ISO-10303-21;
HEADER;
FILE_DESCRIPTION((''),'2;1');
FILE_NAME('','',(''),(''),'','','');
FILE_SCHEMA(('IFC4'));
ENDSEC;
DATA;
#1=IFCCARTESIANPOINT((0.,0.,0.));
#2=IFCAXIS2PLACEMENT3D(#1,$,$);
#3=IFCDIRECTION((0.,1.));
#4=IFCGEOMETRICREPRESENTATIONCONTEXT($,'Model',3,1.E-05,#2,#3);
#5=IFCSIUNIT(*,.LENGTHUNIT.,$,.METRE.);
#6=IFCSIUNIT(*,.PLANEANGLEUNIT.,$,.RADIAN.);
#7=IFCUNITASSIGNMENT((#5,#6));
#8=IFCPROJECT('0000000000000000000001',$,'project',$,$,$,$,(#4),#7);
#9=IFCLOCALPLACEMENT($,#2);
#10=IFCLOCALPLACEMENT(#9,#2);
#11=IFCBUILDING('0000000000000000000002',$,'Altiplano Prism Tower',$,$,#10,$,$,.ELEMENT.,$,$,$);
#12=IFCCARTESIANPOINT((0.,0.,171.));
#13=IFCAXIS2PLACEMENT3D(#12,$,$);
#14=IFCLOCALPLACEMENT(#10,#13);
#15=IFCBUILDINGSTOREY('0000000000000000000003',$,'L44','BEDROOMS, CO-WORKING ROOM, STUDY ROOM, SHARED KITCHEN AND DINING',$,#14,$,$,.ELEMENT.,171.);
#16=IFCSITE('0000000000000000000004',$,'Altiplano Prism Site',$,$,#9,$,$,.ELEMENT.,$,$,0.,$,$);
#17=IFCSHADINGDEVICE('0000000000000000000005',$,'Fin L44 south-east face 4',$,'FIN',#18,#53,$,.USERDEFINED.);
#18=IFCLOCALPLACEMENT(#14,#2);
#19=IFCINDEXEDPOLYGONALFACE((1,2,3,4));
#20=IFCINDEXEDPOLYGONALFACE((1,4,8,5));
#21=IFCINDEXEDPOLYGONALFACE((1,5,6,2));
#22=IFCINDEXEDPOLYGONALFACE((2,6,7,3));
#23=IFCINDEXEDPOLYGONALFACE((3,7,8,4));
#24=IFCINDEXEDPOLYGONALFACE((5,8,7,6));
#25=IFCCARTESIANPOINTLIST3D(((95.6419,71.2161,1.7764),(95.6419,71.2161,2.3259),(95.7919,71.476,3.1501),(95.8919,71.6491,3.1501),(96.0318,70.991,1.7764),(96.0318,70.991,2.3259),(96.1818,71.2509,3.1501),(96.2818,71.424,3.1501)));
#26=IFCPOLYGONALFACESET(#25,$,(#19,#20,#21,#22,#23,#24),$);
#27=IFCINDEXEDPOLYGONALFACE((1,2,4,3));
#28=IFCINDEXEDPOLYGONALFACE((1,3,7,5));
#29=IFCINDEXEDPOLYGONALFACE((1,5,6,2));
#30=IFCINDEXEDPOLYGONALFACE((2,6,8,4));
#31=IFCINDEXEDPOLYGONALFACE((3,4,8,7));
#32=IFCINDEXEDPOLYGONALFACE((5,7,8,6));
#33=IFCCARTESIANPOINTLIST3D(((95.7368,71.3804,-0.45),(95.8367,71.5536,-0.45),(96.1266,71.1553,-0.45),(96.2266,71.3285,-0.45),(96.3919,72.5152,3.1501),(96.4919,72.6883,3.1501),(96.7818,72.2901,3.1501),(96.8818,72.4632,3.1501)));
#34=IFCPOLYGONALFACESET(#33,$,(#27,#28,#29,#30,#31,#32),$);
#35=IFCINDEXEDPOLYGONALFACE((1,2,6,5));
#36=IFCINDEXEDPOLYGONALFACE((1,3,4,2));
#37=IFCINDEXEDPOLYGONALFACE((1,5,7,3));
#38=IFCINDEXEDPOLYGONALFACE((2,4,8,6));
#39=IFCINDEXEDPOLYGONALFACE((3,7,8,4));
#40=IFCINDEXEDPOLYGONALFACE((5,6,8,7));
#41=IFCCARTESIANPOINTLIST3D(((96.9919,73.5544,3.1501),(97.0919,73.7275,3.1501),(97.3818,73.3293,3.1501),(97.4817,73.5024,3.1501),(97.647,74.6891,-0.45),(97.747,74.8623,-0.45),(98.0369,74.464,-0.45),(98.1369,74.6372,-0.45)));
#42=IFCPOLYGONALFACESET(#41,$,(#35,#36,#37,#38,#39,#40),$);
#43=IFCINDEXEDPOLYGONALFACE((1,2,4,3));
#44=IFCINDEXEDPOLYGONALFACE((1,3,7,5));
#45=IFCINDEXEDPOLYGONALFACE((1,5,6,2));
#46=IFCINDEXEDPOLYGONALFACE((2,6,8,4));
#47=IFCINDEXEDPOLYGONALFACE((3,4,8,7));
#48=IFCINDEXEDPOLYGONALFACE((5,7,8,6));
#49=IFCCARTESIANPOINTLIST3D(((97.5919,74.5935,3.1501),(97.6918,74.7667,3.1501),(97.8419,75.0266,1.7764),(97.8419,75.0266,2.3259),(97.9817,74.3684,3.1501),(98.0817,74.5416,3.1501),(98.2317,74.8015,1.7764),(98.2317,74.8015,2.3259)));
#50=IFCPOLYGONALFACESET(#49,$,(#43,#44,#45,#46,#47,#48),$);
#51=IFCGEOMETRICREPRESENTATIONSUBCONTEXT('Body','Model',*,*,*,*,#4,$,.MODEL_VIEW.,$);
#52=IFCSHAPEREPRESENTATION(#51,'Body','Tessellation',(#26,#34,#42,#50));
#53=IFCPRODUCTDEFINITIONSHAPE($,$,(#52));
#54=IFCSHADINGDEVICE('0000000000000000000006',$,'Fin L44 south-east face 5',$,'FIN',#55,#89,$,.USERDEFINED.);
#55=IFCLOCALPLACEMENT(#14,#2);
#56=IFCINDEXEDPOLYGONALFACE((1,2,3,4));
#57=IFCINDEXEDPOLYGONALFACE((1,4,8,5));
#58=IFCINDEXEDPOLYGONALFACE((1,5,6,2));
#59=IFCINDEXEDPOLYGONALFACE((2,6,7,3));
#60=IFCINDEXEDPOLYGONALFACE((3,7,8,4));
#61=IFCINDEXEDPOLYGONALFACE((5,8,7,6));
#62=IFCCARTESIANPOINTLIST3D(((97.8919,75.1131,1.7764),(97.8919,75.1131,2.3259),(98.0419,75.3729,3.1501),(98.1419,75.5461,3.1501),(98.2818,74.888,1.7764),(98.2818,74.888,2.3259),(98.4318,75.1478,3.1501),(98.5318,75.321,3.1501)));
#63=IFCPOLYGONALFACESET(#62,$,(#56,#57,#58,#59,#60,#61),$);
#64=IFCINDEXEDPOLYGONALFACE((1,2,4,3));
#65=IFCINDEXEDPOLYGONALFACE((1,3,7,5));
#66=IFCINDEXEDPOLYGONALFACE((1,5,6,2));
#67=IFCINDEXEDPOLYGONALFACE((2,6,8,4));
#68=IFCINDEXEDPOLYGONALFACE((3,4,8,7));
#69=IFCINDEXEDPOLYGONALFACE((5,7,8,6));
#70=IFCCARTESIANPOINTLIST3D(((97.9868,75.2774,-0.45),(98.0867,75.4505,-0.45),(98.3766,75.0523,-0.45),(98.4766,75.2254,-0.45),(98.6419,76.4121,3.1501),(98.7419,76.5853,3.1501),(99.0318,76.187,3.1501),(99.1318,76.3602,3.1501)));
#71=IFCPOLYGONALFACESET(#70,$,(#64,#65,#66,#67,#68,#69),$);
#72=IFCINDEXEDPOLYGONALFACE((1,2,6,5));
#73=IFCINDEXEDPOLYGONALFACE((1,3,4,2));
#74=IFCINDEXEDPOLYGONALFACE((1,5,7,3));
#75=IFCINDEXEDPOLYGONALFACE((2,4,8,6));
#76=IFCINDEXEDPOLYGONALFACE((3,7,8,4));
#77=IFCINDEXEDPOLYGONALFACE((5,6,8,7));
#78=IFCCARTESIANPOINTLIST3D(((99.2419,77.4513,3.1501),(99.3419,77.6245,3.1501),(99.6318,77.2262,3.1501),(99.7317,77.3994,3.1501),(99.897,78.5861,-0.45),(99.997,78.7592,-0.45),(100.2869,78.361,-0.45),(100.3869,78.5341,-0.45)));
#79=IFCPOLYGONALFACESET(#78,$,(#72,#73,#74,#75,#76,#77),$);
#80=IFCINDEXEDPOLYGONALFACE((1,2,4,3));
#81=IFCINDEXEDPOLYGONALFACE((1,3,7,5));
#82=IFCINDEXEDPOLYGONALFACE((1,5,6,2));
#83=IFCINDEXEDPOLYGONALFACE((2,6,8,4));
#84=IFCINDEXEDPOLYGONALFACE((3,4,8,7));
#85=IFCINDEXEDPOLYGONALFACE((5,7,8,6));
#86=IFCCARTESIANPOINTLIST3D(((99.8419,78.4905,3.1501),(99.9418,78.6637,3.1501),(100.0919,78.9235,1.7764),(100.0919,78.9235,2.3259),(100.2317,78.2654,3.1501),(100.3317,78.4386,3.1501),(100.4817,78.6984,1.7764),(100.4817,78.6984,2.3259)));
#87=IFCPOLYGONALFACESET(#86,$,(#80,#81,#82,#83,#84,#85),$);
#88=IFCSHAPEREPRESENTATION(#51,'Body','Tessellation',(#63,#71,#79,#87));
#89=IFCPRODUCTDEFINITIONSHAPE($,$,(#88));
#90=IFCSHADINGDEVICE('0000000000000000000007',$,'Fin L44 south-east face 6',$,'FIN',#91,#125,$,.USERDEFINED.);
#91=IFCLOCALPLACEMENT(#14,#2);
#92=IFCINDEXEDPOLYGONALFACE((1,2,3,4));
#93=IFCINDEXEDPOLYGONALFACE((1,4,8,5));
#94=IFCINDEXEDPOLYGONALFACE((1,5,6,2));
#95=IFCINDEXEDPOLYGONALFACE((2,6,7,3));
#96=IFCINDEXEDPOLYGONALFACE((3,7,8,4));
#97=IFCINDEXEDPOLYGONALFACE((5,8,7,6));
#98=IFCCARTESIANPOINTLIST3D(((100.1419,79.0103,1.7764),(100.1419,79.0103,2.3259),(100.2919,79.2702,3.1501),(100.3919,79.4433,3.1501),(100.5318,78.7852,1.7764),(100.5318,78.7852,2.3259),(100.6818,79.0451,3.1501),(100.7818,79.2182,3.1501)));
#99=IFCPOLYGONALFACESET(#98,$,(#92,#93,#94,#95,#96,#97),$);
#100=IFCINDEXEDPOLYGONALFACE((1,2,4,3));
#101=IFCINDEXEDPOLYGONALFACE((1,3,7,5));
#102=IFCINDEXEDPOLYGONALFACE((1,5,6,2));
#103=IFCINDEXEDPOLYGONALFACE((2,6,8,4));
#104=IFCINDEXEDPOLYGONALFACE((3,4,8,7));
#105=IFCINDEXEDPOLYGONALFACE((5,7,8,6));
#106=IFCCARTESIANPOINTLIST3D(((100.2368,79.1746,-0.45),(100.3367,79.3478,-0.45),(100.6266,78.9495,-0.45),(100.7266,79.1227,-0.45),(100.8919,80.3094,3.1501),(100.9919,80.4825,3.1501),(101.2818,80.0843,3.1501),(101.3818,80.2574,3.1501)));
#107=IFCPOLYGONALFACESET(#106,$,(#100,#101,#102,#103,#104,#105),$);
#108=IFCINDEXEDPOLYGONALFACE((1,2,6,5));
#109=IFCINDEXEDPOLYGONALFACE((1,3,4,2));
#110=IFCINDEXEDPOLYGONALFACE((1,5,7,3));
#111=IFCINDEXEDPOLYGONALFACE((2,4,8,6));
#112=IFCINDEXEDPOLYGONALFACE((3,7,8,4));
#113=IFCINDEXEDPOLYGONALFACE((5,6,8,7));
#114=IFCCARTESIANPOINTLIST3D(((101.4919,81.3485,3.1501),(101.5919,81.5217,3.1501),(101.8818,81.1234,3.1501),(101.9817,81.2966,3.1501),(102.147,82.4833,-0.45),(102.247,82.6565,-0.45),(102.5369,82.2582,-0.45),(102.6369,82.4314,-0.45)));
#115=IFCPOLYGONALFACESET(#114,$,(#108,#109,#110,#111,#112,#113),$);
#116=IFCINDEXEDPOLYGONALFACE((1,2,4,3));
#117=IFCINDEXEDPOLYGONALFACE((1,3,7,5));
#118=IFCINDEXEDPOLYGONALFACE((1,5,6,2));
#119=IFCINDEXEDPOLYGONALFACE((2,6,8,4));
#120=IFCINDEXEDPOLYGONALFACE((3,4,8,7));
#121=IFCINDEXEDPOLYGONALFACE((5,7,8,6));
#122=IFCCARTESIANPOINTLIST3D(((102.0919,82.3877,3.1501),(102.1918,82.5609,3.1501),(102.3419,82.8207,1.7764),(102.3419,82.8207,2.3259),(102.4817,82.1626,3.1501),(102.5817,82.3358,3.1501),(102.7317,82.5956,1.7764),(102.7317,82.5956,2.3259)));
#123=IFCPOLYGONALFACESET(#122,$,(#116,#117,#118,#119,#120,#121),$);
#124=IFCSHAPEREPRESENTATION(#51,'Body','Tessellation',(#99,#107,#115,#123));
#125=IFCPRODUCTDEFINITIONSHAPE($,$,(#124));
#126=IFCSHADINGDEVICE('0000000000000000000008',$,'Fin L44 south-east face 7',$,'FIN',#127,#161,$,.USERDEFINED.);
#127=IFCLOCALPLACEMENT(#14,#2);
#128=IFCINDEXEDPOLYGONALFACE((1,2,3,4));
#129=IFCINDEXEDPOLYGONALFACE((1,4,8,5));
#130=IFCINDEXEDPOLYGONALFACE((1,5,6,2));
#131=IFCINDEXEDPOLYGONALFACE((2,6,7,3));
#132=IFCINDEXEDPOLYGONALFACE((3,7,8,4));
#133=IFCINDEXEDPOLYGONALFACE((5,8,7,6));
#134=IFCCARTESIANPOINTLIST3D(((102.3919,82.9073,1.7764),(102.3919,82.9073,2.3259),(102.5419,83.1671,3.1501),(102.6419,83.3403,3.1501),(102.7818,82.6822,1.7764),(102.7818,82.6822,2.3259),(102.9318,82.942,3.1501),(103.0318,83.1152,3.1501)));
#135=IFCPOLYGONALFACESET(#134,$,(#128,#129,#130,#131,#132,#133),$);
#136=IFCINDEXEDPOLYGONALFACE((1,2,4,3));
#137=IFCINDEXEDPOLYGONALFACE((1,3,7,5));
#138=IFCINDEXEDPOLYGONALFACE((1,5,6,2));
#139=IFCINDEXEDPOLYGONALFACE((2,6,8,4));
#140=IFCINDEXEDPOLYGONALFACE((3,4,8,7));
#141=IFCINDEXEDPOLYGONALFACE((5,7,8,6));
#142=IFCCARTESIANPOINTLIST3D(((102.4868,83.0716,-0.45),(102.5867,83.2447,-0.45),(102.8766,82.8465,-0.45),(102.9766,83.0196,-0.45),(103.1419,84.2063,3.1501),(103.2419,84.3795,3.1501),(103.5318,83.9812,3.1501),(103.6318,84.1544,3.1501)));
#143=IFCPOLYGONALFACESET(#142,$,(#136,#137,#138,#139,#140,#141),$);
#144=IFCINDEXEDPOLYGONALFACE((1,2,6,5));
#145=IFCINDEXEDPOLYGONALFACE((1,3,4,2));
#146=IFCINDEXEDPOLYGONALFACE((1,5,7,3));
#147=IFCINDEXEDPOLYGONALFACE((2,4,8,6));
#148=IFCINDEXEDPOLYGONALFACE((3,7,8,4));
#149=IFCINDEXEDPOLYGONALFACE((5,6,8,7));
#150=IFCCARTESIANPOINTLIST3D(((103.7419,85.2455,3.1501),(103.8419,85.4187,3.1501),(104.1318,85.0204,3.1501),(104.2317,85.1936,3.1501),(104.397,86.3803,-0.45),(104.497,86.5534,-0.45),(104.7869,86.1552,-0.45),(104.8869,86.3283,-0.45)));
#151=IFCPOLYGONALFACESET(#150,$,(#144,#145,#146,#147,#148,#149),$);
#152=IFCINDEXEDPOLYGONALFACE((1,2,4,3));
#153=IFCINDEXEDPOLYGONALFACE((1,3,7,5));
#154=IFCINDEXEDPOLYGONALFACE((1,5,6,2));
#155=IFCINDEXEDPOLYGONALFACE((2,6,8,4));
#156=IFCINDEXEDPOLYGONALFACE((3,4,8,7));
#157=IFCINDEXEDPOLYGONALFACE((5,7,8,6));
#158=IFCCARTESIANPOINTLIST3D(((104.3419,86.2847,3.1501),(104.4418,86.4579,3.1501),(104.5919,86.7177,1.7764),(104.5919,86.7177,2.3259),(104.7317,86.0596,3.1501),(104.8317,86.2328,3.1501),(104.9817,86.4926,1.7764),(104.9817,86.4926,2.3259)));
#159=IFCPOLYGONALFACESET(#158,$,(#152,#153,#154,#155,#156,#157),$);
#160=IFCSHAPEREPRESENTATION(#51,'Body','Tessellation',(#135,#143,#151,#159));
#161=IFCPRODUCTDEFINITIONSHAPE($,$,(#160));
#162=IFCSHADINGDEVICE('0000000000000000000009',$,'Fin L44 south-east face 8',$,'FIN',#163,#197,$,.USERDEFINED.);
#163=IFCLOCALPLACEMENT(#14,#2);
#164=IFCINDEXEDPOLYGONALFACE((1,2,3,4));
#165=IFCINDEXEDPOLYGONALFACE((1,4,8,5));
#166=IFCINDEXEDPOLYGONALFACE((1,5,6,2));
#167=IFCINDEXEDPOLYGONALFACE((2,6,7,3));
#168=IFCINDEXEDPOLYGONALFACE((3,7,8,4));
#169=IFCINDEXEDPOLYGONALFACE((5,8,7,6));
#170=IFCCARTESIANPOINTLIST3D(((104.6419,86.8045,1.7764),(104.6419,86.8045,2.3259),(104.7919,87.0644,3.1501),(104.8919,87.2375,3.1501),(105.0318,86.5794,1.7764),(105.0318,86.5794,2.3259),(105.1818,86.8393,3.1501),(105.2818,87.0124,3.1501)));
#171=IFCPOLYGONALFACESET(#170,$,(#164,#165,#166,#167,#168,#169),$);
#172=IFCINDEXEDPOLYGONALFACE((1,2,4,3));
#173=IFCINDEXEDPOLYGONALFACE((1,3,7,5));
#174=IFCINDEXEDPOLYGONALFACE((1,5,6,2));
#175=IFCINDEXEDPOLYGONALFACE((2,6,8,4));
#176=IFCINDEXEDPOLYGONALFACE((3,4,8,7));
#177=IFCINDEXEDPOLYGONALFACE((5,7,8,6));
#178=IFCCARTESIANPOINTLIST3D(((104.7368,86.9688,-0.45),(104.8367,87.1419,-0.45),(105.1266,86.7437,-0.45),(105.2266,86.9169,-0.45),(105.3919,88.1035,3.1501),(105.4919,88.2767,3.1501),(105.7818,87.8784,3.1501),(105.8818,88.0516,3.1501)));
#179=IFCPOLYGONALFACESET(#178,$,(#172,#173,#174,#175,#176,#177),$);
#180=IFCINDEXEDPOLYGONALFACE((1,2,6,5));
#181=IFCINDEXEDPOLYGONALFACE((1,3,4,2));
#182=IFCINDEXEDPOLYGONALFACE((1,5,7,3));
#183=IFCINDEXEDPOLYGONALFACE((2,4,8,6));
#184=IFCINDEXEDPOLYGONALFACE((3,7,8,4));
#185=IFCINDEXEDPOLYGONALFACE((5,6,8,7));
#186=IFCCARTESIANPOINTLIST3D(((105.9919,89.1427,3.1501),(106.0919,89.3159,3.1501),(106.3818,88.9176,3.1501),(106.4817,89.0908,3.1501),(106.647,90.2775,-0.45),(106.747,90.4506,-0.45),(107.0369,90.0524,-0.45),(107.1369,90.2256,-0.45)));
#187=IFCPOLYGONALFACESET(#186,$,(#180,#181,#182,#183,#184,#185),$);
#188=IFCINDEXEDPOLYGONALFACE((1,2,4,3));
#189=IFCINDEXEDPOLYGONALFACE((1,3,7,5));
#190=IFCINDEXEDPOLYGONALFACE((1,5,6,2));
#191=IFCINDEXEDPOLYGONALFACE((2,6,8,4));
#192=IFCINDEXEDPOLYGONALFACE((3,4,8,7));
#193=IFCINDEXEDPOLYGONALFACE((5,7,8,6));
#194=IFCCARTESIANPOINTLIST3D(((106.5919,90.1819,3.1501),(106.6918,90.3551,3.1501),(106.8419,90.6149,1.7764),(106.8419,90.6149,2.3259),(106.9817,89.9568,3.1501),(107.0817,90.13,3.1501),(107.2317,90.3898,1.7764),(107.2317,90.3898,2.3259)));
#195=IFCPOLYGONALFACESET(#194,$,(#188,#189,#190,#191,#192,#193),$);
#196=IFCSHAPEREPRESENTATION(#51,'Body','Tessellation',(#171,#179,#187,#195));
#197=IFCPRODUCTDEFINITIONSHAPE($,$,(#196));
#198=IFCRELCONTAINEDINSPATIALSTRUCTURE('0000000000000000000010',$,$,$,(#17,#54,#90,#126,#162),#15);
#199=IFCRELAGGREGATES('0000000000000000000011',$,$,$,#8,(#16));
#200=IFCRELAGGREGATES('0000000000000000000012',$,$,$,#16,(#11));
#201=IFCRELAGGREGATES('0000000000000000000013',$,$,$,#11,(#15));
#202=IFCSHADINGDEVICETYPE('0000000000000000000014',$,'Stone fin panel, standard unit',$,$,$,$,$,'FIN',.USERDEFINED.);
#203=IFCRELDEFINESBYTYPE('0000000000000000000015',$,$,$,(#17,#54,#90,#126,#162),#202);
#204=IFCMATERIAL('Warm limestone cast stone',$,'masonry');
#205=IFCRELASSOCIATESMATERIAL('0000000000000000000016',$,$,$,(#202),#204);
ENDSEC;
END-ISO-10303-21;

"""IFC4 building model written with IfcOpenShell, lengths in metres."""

from ifc_helpers import new_model, si_unit, direction, frame, origin, place, context, subcontext, project, spatial, polyline, outline, extrude, source, transform, mapped, material, type_object, element, save


model = new_model("IFC4")

# Units and contexts
model_context = context("Model", 3, precision=1e-05, world=origin(), true_north=direction((0.0, 1.0)))
body_context = subcontext(model_context, "Body", "Model", "MODEL_VIEW")
ifc_project = project(units=[si_unit("LENGTHUNIT", "METRE"), si_unit("PLANEANGLEUNIT", "RADIAN")], contexts=[model_context])

# Site, building, storey
site_placement = place(None, origin())
site = spatial("IfcSite", under=ifc_project, at=site_placement, Name="Altiplano Prism Site", CompositionType="ELEMENT", RefElevation=0.0)
building_placement = place(site_placement, origin())
building = spatial("IfcBuilding", under=site, at=building_placement, Name="Altiplano Prism Tower", CompositionType="ELEMENT")
storey_placement = place(building_placement, frame((0.0, 0.0, 171.0)))
storey = spatial("IfcBuildingStorey", under=building, at=storey_placement, Name="L44", Description="BEDROOMS, CO-WORKING ROOM, STUDY ROOM, SHARED KITCHEN AND DINING", CompositionType="ELEMENT", Elevation=171.0)

# Shading devices
ifc_material_1 = material(Name="Warm limestone cast stone", Category="masonry")
shared_shape_1 = source(origin(), body_context, "Body", "SweptSolid", [
    extrude(outline(polyline([(-2.2, 2.2263), (-1.7, 3.6001), (-1.8999, 3.6001), (-2.2, 2.7759), (-2.2, 2.2263)])), frame((0.0, -0.1499, 0.0), z_axis=(0.0, -1.0, 0.0), x_axis=(1.0, 0.0, 0.0)), (0.0, 0.0, 1.0), 0.4502),
    extrude(outline(polyline([(-2.0103, 0.0), (-1.8103, 0.0), (-0.5, 3.6001), (-0.7, 3.6001), (-2.0103, 0.0)])), frame((0.0, -0.1499, 0.0), z_axis=(0.0, -1.0, 0.0), x_axis=(1.0, 0.0, 0.0)), (0.0, 0.0, 1.0), 0.4502),
    extrude(outline(polyline([(1.8103, 0.0), (2.0103, 0.0), (0.7, 3.6001), (0.5, 3.6001), (1.8103, 0.0)])), frame((0.0, -0.1499, 0.0), z_axis=(0.0, -1.0, 0.0), x_axis=(1.0, 0.0, 0.0)), (0.0, 0.0, 1.0), 0.4502),
    extrude(outline(polyline([(2.2, 2.7759), (1.8999, 3.6001), (1.7, 3.6001), (2.2, 2.2263), (2.2, 2.7759)])), frame((0.0, -0.1499, 0.0), z_axis=(0.0, -1.0, 0.0), x_axis=(1.0, 0.0, 0.0)), (0.0, 0.0, 1.0), 0.4502),
])
shading_device_type_1 = type_object("IfcShadingDeviceType", Name="Stone fin panel, standard unit", ElementType="FIN", PredefinedType="USERDEFINED", material=ifc_material_1)
shading_device_1_placement = place(storey_placement, origin())
element("IfcShadingDevice", 1, at=shading_device_1_placement, inside=storey, type_object=shading_device_type_1, Name="Fin L44 south-east face 4", ObjectType="FIN", PredefinedType="USERDEFINED", context=body_context, shape_type="MappedRepresentation", body=[
    mapped(shared_shape_1, transform((96.6121, 73.1963, -0.45), x_axis=(0.5, 0.866025, 0.0), y_axis=(-0.866025, 0.5, 0.0), z_axis=(0.0, 0.0, 1.0))),
])
shading_device_2_placement = place(storey_placement, origin())
element("IfcShadingDevice", 2, at=shading_device_2_placement, inside=storey, type_object=shading_device_type_1, Name="Fin L44 south-east face 5", ObjectType="FIN", PredefinedType="USERDEFINED", context=body_context, shape_type="MappedRepresentation", body=[
    mapped(shared_shape_1, transform((98.8621, 77.0933, -0.45), x_axis=(0.5, 0.866025, 0.0), y_axis=(-0.866025, 0.5, 0.0), z_axis=(0.0, 0.0, 1.0))),
])
shading_device_3_placement = place(storey_placement, origin())
element("IfcShadingDevice", 3, at=shading_device_3_placement, inside=storey, type_object=shading_device_type_1, Name="Fin L44 south-east face 6", ObjectType="FIN", PredefinedType="USERDEFINED", context=body_context, shape_type="MappedRepresentation", body=[
    mapped(shared_shape_1, transform((101.1121, 80.9905, -0.45), x_axis=(0.5, 0.866025, 0.0), y_axis=(-0.866025, 0.5, 0.0), z_axis=(0.0, 0.0, 1.0))),
])
shading_device_4_placement = place(storey_placement, origin())
element("IfcShadingDevice", 4, at=shading_device_4_placement, inside=storey, type_object=shading_device_type_1, Name="Fin L44 south-east face 7", ObjectType="FIN", PredefinedType="USERDEFINED", context=body_context, shape_type="MappedRepresentation", body=[
    mapped(shared_shape_1, transform((103.3621, 84.8875, -0.45), x_axis=(0.5, 0.866025, 0.0), y_axis=(-0.866025, 0.5, 0.0), z_axis=(0.0, 0.0, 1.0))),
])
shading_device_5_placement = place(storey_placement, origin())
element("IfcShadingDevice", 5, at=shading_device_5_placement, inside=storey, type_object=shading_device_type_1, Name="Fin L44 south-east face 8", ObjectType="FIN", PredefinedType="USERDEFINED", context=body_context, shape_type="MappedRepresentation", body=[
    mapped(shared_shape_1, transform((105.6121, 88.7847, -0.45), x_axis=(0.5, 0.866025, 0.0), y_axis=(-0.866025, 0.5, 0.0), z_axis=(0.0, 0.0, 1.0))),
])

save(model, "model.ifc")
